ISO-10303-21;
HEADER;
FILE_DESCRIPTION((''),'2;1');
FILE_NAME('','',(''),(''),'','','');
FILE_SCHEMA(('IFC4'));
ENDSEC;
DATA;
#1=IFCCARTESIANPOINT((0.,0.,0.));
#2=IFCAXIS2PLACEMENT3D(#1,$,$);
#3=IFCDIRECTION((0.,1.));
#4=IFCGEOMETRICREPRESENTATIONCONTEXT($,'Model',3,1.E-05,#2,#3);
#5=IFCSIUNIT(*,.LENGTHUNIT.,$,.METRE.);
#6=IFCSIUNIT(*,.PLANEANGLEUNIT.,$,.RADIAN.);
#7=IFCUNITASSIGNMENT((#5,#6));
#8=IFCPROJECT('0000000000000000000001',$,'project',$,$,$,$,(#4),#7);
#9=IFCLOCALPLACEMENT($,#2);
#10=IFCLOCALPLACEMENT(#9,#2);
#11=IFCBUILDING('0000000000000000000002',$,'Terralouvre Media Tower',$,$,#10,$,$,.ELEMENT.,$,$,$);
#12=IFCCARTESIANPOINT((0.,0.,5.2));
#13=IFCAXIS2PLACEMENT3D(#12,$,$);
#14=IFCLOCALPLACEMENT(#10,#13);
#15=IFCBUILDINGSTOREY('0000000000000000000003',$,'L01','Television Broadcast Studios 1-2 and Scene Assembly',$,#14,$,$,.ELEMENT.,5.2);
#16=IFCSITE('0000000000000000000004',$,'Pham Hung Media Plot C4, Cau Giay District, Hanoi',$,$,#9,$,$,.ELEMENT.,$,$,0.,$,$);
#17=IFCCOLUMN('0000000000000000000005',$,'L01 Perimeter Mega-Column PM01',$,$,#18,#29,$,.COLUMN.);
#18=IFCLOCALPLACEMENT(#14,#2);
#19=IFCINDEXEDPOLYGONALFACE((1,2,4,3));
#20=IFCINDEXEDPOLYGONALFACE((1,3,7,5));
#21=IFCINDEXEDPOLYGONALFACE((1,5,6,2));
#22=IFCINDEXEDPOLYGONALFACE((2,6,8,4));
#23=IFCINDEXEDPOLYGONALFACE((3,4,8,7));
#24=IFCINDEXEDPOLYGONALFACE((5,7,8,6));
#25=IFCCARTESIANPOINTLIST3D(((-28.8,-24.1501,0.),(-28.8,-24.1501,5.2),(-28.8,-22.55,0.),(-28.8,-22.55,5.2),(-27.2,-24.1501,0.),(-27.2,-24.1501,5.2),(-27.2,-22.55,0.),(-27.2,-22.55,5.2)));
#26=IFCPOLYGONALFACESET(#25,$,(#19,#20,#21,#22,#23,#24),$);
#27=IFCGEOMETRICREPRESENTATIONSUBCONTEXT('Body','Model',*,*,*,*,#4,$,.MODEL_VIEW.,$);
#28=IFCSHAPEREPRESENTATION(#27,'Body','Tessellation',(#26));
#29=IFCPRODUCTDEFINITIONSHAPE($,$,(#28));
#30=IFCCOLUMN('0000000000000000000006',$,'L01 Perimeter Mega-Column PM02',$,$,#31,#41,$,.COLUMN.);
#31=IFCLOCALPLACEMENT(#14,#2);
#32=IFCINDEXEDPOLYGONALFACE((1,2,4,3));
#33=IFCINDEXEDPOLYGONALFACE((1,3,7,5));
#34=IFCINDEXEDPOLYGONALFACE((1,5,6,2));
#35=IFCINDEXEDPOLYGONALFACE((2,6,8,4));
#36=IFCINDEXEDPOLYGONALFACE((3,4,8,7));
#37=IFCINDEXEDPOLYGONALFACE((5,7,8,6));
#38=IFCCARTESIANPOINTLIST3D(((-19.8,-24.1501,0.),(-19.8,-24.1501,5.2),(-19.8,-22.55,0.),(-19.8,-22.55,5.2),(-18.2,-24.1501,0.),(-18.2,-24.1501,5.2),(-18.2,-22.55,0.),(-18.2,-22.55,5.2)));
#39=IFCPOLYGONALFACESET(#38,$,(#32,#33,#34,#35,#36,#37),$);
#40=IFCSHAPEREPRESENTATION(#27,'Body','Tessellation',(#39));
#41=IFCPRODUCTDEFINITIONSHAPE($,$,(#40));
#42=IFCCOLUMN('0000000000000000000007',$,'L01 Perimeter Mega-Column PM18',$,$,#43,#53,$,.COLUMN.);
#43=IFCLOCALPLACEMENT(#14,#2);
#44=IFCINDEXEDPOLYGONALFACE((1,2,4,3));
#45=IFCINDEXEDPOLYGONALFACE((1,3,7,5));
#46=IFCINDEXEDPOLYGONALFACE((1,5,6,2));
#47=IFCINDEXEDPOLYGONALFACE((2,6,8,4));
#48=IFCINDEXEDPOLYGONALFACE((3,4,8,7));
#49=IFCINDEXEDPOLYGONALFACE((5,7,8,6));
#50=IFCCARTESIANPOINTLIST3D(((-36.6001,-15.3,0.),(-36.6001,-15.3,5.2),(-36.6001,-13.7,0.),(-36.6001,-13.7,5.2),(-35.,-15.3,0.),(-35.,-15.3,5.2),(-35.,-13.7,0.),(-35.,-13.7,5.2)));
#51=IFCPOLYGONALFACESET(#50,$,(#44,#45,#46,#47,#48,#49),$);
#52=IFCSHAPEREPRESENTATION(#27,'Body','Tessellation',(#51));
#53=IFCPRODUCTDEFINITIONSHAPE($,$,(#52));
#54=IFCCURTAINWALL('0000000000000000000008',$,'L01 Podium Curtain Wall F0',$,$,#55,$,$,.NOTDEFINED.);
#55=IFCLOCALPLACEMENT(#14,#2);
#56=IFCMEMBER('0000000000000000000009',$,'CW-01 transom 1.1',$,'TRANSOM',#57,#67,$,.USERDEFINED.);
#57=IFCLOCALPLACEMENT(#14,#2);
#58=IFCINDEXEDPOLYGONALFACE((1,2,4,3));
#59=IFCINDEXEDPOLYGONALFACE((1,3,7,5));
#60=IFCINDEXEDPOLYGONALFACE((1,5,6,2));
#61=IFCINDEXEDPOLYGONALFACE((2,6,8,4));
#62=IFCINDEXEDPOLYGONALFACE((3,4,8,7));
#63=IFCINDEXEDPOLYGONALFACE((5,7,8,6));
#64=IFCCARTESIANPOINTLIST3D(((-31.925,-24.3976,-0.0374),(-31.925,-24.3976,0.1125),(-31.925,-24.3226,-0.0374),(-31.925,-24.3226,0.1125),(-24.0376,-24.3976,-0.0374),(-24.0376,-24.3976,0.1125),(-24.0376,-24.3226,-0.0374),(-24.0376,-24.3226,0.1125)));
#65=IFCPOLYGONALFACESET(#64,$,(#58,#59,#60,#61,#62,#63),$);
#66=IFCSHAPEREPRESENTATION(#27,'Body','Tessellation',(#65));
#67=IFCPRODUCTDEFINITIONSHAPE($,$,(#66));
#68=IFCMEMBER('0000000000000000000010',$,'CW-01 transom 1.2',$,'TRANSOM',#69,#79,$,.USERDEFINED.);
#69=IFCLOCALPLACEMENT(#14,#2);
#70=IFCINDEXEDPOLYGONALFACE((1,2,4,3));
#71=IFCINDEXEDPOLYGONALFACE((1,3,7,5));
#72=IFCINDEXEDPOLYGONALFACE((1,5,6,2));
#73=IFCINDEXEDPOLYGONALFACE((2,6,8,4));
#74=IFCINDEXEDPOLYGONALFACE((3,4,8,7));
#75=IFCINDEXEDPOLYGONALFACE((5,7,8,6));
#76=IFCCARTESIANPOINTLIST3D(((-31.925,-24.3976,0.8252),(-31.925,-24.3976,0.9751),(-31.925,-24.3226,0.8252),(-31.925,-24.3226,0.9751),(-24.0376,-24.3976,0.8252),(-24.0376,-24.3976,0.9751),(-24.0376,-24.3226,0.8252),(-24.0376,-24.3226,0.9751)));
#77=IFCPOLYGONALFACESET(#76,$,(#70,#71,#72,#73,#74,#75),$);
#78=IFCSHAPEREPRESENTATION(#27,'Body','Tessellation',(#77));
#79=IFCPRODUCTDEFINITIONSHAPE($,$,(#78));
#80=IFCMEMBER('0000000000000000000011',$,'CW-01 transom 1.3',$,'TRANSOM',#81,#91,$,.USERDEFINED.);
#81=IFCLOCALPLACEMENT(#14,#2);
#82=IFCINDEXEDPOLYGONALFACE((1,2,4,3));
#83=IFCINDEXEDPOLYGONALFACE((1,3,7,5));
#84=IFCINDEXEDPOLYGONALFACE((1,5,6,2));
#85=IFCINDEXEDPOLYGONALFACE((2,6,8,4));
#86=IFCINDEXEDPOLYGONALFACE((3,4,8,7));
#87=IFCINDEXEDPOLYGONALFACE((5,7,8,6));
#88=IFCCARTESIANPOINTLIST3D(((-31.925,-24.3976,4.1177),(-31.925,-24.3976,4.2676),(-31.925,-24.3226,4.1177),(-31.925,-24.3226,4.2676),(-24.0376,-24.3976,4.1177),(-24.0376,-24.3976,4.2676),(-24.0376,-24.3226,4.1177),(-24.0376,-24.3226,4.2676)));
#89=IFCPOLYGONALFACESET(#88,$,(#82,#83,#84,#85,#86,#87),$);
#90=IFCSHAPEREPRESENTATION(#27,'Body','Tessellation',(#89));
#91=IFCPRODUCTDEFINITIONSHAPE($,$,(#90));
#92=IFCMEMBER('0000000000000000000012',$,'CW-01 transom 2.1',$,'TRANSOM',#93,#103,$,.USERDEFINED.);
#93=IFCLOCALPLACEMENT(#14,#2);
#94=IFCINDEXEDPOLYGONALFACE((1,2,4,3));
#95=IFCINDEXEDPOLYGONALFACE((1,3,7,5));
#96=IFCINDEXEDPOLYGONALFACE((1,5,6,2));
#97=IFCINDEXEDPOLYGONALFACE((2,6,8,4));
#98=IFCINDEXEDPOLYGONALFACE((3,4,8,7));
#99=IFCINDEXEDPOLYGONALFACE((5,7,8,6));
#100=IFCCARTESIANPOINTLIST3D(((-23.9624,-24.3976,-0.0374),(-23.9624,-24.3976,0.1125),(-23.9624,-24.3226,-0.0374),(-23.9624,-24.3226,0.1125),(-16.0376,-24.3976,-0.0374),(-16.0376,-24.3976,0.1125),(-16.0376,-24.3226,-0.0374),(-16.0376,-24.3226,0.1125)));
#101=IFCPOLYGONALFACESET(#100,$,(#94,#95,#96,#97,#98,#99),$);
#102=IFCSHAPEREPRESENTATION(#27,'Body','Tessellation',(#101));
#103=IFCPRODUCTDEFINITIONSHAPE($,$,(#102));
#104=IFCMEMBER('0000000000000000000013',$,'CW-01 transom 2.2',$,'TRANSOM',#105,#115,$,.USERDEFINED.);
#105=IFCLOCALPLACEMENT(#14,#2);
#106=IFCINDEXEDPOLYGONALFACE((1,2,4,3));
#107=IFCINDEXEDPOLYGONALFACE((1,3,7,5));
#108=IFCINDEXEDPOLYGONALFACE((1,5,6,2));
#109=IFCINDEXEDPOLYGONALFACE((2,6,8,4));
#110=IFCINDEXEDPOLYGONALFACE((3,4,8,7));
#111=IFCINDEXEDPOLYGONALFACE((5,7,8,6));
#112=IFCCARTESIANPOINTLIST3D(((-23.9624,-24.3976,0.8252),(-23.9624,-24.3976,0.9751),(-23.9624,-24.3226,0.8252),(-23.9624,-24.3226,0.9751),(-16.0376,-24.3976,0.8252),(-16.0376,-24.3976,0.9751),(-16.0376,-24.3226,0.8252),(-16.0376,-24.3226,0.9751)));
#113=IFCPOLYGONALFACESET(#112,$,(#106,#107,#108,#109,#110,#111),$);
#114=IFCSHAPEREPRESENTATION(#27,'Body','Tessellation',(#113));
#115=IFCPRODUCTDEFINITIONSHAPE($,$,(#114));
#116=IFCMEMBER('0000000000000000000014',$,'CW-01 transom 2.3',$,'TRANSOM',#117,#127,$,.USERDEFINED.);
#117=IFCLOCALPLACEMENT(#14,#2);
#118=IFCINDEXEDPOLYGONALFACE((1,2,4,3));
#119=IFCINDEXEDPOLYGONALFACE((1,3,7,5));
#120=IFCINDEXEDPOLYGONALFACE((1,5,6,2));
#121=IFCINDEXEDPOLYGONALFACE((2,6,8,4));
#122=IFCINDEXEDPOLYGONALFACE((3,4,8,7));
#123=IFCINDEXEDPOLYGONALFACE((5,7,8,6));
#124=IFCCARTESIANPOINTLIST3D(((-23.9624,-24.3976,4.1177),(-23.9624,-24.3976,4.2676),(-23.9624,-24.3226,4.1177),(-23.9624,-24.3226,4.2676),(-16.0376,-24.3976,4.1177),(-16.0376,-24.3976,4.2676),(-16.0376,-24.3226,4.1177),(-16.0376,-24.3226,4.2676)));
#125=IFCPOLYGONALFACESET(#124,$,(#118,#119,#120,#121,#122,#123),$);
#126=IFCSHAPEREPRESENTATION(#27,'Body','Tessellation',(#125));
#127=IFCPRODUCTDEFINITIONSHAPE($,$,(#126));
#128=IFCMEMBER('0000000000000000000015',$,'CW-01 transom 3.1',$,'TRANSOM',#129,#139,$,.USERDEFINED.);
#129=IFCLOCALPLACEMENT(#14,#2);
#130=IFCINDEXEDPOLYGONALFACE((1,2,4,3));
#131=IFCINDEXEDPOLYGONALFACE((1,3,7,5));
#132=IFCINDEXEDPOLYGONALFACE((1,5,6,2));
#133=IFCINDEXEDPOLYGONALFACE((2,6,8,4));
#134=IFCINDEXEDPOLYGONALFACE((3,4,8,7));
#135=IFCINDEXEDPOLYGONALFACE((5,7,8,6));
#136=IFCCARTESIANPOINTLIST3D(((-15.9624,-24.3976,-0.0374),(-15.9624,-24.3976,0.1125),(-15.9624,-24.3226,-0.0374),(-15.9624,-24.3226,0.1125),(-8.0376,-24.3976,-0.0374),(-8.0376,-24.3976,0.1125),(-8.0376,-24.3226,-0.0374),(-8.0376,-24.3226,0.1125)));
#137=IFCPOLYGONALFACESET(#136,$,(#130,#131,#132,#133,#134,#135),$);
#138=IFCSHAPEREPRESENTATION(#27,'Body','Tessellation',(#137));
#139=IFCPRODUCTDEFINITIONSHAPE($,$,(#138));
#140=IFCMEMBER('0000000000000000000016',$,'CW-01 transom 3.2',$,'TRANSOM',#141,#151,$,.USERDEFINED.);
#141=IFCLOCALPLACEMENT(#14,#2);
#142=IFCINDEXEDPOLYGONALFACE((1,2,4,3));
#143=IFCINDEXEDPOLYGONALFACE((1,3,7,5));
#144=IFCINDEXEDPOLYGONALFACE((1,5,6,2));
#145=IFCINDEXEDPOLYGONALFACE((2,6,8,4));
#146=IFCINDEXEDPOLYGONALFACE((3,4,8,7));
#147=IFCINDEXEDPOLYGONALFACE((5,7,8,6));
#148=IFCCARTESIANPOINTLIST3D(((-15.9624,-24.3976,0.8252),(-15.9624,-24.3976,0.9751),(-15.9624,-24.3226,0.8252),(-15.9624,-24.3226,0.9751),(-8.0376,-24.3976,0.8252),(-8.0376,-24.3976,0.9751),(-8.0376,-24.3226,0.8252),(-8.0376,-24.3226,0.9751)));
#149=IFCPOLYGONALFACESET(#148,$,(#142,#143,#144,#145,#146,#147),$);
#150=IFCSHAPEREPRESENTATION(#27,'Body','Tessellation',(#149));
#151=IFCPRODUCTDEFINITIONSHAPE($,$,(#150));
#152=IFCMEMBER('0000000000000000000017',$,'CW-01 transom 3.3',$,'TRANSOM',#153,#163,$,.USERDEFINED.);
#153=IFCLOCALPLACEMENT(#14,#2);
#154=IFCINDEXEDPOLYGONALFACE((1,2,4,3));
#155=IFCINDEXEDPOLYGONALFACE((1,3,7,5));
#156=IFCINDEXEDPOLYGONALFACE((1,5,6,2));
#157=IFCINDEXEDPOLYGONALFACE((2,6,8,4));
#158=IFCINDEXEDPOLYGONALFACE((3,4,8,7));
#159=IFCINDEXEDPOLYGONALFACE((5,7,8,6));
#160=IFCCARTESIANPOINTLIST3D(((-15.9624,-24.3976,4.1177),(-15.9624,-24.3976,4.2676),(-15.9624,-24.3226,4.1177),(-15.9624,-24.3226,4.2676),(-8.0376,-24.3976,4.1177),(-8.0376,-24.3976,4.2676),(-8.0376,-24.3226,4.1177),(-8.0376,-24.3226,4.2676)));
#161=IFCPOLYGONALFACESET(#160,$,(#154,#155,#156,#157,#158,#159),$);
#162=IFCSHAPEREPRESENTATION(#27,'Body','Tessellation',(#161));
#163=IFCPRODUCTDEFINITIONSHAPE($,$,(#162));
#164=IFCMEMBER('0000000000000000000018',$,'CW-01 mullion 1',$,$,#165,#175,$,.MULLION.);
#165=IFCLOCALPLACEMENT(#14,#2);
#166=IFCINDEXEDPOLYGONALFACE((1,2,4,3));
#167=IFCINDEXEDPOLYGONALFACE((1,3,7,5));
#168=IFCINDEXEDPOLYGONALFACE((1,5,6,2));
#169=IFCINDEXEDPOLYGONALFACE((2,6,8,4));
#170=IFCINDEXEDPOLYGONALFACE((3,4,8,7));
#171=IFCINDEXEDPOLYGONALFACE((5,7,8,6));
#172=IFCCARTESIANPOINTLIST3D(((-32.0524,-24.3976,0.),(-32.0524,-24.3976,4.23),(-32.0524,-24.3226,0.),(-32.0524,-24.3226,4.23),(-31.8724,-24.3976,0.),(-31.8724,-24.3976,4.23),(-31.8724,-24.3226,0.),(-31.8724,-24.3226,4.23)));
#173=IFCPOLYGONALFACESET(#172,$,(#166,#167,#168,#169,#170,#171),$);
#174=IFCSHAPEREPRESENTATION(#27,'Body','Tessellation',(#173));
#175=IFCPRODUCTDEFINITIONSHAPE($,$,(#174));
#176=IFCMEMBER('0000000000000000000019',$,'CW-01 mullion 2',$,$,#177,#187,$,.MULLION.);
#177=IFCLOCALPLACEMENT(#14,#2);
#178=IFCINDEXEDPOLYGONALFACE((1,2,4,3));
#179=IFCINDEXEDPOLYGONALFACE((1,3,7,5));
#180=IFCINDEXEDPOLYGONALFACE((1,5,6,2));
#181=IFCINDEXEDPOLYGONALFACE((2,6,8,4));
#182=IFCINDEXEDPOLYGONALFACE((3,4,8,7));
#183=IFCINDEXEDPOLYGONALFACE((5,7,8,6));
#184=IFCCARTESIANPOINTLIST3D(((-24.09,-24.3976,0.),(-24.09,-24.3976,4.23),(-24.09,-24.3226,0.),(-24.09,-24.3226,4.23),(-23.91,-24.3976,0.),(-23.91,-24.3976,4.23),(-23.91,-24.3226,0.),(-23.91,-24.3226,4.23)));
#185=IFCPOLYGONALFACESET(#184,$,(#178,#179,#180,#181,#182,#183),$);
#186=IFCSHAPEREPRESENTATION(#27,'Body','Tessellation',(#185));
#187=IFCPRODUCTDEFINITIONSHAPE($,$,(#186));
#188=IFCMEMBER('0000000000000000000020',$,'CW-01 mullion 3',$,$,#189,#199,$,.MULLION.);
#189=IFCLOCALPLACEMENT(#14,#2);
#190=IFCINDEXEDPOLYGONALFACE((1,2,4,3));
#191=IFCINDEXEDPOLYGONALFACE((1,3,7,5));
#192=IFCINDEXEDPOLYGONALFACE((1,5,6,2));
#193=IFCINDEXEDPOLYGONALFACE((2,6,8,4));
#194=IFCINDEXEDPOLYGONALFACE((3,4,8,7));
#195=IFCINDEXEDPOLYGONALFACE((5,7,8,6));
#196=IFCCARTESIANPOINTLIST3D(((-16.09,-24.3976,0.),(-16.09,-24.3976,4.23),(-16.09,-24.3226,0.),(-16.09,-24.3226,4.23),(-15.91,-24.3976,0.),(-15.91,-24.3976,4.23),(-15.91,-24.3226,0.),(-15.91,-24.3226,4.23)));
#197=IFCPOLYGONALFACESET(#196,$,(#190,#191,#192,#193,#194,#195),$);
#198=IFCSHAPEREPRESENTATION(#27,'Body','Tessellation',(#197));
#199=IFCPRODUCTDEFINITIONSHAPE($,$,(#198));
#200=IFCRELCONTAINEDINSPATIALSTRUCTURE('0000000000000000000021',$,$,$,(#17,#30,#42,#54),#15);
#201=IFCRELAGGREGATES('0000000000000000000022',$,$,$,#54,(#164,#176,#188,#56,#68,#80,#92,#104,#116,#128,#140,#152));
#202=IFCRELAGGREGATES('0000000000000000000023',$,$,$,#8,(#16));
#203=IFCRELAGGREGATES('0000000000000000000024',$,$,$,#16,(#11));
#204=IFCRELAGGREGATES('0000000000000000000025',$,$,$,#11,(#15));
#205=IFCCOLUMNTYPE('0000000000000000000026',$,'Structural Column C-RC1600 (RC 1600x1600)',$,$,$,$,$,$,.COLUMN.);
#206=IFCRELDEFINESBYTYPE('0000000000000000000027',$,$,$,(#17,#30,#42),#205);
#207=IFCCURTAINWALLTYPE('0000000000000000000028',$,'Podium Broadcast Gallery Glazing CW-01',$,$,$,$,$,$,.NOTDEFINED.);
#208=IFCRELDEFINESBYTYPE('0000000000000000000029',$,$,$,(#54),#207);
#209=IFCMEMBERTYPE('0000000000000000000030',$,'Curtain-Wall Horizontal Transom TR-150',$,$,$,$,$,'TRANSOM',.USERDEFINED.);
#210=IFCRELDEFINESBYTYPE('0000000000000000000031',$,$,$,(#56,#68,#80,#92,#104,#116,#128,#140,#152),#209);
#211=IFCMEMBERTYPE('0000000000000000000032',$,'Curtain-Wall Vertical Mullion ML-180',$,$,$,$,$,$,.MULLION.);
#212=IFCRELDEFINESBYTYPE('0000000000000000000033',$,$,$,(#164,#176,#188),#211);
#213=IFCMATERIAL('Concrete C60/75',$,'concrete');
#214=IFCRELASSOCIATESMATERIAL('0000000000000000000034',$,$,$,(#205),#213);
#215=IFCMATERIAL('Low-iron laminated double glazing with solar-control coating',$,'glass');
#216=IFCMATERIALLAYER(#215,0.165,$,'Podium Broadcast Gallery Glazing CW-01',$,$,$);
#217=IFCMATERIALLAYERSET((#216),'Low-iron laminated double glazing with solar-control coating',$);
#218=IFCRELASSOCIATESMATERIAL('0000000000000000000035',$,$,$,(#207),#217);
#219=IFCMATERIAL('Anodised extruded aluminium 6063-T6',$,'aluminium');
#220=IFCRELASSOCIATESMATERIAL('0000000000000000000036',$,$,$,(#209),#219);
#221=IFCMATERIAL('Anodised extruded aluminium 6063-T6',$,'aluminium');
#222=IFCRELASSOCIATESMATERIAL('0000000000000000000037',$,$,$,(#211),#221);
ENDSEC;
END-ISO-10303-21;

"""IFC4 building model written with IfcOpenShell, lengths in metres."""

from ifc_helpers import new_model, si_unit, direction, frame, origin, origin_2d, place, context, subcontext, project, spatial, rectangle, extrude, material, layer, layer_set, material_profile, profile_set, type_object, element, aggregate, save


model = new_model("IFC4")

# Units and contexts
model_context = context("Model", 3, precision=1e-05, world=origin(), true_north=direction((0.0, 1.0)))
body_context = subcontext(model_context, "Body", "Model", "MODEL_VIEW")
ifc_project = project(units=[si_unit("LENGTHUNIT", "METRE"), si_unit("PLANEANGLEUNIT", "RADIAN")], contexts=[model_context])

# Site, building, storey
site_placement = place(None, origin())
site = spatial("IfcSite", under=ifc_project, at=site_placement, Name="Pham Hung Media Plot C4, Cau Giay District, Hanoi", CompositionType="ELEMENT", RefElevation=0.0)
building_placement = place(site_placement, origin())
building = spatial("IfcBuilding", under=site, at=building_placement, Name="Terralouvre Media Tower", CompositionType="ELEMENT")
storey_placement = place(building_placement, frame((0.0, 0.0, 5.2)))
storey = spatial("IfcBuildingStorey", under=building, at=storey_placement, Name="L01", Description="Television Broadcast Studios 1-2 and Scene Assembly", CompositionType="ELEMENT", Elevation=5.2)

# Columns
ifc_material_1 = material(Name="Concrete C60/75", Category="concrete")
ifc_material_profile_1 = material_profile(ifc_material_1, rectangle(XDim=1.6001, YDim=1.6001, at=origin_2d()), Name="RC 1600x1600")
ifc_profile_set_1 = profile_set([ifc_material_profile_1], Name="Concrete C60/75")
column_type = type_object("IfcColumnType", Name="Structural Column C-RC1600 (RC 1600x1600)", PredefinedType="COLUMN", material=ifc_profile_set_1)
for number, where, z_axis, x_axis, name in (
    (1, (-28.0, -23.3501, 0.0), (0.0, 0.0, 1.0), (1.0, 0.0, 0.0), "L01 Perimeter Mega-Column PM01"),
    (2, (-19.0, -23.3501, 0.0), (0.0, 0.0, 1.0), (1.0, 0.0, 0.0), "L01 Perimeter Mega-Column PM02"),
    (3, (-35.8, -14.5, 0.0), (0.0, 0.0, 1.0), (1.0, 0.0, 0.0), "L01 Perimeter Mega-Column PM18"),
):
    element("IfcColumn", number, at=place(storey_placement, frame(where, z_axis=z_axis, x_axis=x_axis)), inside=storey, type_object=column_type, Name=name, PredefinedType="COLUMN", context=body_context, shape_type="SweptSolid", body=[
        extrude(rectangle(XDim=1.6001, YDim=1.6001, at=origin_2d()), origin(), (0.0, 0.0, 1.0), 5.2),
    ])

# Curtain wall, members
ifc_material_2 = material(Name="Low-iron laminated double glazing with solar-control coating", Category="glass")
ifc_layer_1 = layer(ifc_material_2, 0.165, Name="Podium Broadcast Gallery Glazing CW-01")
ifc_layer_set_1 = layer_set([ifc_layer_1], Name="Low-iron laminated double glazing with solar-control coating")
curtain_wall_type = type_object("IfcCurtainWallType", Name="Podium Broadcast Gallery Glazing CW-01", PredefinedType="NOTDEFINED", material=ifc_layer_set_1)
curtain_wall_placement = place(storey_placement, origin())
curtain_wall = element("IfcCurtainWall", 4, at=curtain_wall_placement, inside=storey, type_object=curtain_wall_type, Name="L01 Podium Curtain Wall F0", PredefinedType="NOTDEFINED")
ifc_material_3 = material(Name="Anodised extruded aluminium 6063-T6", Category="aluminium")
ifc_material_profile_2 = material_profile(ifc_material_3, rectangle(XDim=0.075, YDim=0.1499, at=origin_2d()), Name="ALU 75x150")
ifc_profile_set_2 = profile_set([ifc_material_profile_2], Name="Anodised extruded aluminium 6063-T6")
member_type_1 = type_object("IfcMemberType", Name="Curtain-Wall Horizontal Transom TR-150", ElementType="TRANSOM", PredefinedType="USERDEFINED", material=ifc_profile_set_2)
member_1_placement = place(storey_placement, frame((-31.925, -24.3601, 0.0376), z_axis=(1.0, 0.0, 0.0), x_axis=(0.0, 1.0, 0.0)))
member_1 = element("IfcMember", 5, at=member_1_placement, type_object=member_type_1, Name="CW-01 transom 1.1", ObjectType="TRANSOM", PredefinedType="USERDEFINED", context=body_context, shape_type="SweptSolid", body=[
    extrude(rectangle(XDim=0.075, YDim=0.1499, at=origin_2d()), origin(), (0.0, 0.0, 1.0), 7.8875),
])
member_2_placement = place(storey_placement, frame((-31.925, -24.3601, 0.9001), z_axis=(1.0, 0.0, 0.0), x_axis=(0.0, 1.0, 0.0)))
member_2 = element("IfcMember", 6, at=member_2_placement, type_object=member_type_1, Name="CW-01 transom 1.2", ObjectType="TRANSOM", PredefinedType="USERDEFINED", context=body_context, shape_type="SweptSolid", body=[
    extrude(rectangle(XDim=0.075, YDim=0.1499, at=origin_2d()), origin(), (0.0, 0.0, 1.0), 7.8875),
])
member_3_placement = place(storey_placement, frame((-31.925, -24.3601, 4.1926), z_axis=(1.0, 0.0, 0.0), x_axis=(0.0, 1.0, 0.0)))
member_3 = element("IfcMember", 7, at=member_3_placement, type_object=member_type_1, Name="CW-01 transom 1.3", ObjectType="TRANSOM", PredefinedType="USERDEFINED", context=body_context, shape_type="SweptSolid", body=[
    extrude(rectangle(XDim=0.075, YDim=0.1499, at=origin_2d()), origin(), (0.0, 0.0, 1.0), 7.8875),
])
member_4_placement = place(storey_placement, frame((-23.9624, -24.3601, 0.0376), z_axis=(1.0, 0.0, 0.0), x_axis=(0.0, 1.0, 0.0)))
member_4 = element("IfcMember", 8, at=member_4_placement, type_object=member_type_1, Name="CW-01 transom 2.1", ObjectType="TRANSOM", PredefinedType="USERDEFINED", context=body_context, shape_type="SweptSolid", body=[
    extrude(rectangle(XDim=0.075, YDim=0.1499, at=origin_2d()), origin(), (0.0, 0.0, 1.0), 7.9248),
])
member_5_placement = place(storey_placement, frame((-23.9624, -24.3601, 0.9001), z_axis=(1.0, 0.0, 0.0), x_axis=(0.0, 1.0, 0.0)))
member_5 = element("IfcMember", 9, at=member_5_placement, type_object=member_type_1, Name="CW-01 transom 2.2", ObjectType="TRANSOM", PredefinedType="USERDEFINED", context=body_context, shape_type="SweptSolid", body=[
    extrude(rectangle(XDim=0.075, YDim=0.1499, at=origin_2d()), origin(), (0.0, 0.0, 1.0), 7.9248),
])
member_6_placement = place(storey_placement, frame((-23.9624, -24.3601, 4.1926), z_axis=(1.0, 0.0, 0.0), x_axis=(0.0, 1.0, 0.0)))
member_6 = element("IfcMember", 10, at=member_6_placement, type_object=member_type_1, Name="CW-01 transom 2.3", ObjectType="TRANSOM", PredefinedType="USERDEFINED", context=body_context, shape_type="SweptSolid", body=[
    extrude(rectangle(XDim=0.075, YDim=0.1499, at=origin_2d()), origin(), (0.0, 0.0, 1.0), 7.9248),
])
member_7_placement = place(storey_placement, frame((-15.9624, -24.3601, 0.0376), z_axis=(1.0, 0.0, 0.0), x_axis=(0.0, 1.0, 0.0)))
member_7 = element("IfcMember", 11, at=member_7_placement, type_object=member_type_1, Name="CW-01 transom 3.1", ObjectType="TRANSOM", PredefinedType="USERDEFINED", context=body_context, shape_type="SweptSolid", body=[
    extrude(rectangle(XDim=0.075, YDim=0.1499, at=origin_2d()), origin(), (0.0, 0.0, 1.0), 7.9248),
])
member_8_placement = place(storey_placement, frame((-15.9624, -24.3601, 0.9001), z_axis=(1.0, 0.0, 0.0), x_axis=(0.0, 1.0, 0.0)))
member_8 = element("IfcMember", 12, at=member_8_placement, type_object=member_type_1, Name="CW-01 transom 3.2", ObjectType="TRANSOM", PredefinedType="USERDEFINED", context=body_context, shape_type="SweptSolid", body=[
    extrude(rectangle(XDim=0.075, YDim=0.1499, at=origin_2d()), origin(), (0.0, 0.0, 1.0), 7.9248),
])
member_9_placement = place(storey_placement, frame((-15.9624, -24.3601, 4.1926), z_axis=(1.0, 0.0, 0.0), x_axis=(0.0, 1.0, 0.0)))
member_9 = element("IfcMember", 13, at=member_9_placement, type_object=member_type_1, Name="CW-01 transom 3.3", ObjectType="TRANSOM", PredefinedType="USERDEFINED", context=body_context, shape_type="SweptSolid", body=[
    extrude(rectangle(XDim=0.075, YDim=0.1499, at=origin_2d()), origin(), (0.0, 0.0, 1.0), 7.9248),
])
ifc_material_4 = material(Name="Anodised extruded aluminium 6063-T6", Category="aluminium")
ifc_material_profile_3 = material_profile(ifc_material_4, rectangle(XDim=0.075, YDim=0.1799, at=origin_2d()), Name="ALU 75x180")
ifc_profile_set_3 = profile_set([ifc_material_profile_3], Name="Anodised extruded aluminium 6063-T6")
member_type_2 = type_object("IfcMemberType", Name="Curtain-Wall Vertical Mullion ML-180", PredefinedType="MULLION", material=ifc_profile_set_3)
member_10_placement = place(storey_placement, frame((-31.9624, -24.3601, 0.0), z_axis=(0.0, 0.0, 1.0), x_axis=(0.0, 1.0, 0.0)))
member_10 = element("IfcMember", 14, at=member_10_placement, type_object=member_type_2, Name="CW-01 mullion 1", PredefinedType="MULLION", context=body_context, shape_type="SweptSolid", body=[
    extrude(rectangle(XDim=0.075, YDim=0.1799, at=origin_2d()), origin(), (0.0, 0.0, 1.0), 4.23),
])
member_11_placement = place(storey_placement, frame((-24.0, -24.3601, 0.0), z_axis=(0.0, 0.0, 1.0), x_axis=(0.0, 1.0, 0.0)))
member_11 = element("IfcMember", 15, at=member_11_placement, type_object=member_type_2, Name="CW-01 mullion 2", PredefinedType="MULLION", context=body_context, shape_type="SweptSolid", body=[
    extrude(rectangle(XDim=0.075, YDim=0.1799, at=origin_2d()), origin(), (0.0, 0.0, 1.0), 4.23),
])
member_12_placement = place(storey_placement, frame((-16.0, -24.3601, 0.0), z_axis=(0.0, 0.0, 1.0), x_axis=(0.0, 1.0, 0.0)))
member_12 = element("IfcMember", 16, at=member_12_placement, type_object=member_type_2, Name="CW-01 mullion 3", PredefinedType="MULLION", context=body_context, shape_type="SweptSolid", body=[
    extrude(rectangle(XDim=0.075, YDim=0.1799, at=origin_2d()), origin(), (0.0, 0.0, 1.0), 4.23),
])

aggregate(curtain_wall, [member_10, member_11, member_12, member_1, member_2, member_3, member_4, member_5, member_6, member_7, member_8, member_9])

save(model, "model.ifc")
